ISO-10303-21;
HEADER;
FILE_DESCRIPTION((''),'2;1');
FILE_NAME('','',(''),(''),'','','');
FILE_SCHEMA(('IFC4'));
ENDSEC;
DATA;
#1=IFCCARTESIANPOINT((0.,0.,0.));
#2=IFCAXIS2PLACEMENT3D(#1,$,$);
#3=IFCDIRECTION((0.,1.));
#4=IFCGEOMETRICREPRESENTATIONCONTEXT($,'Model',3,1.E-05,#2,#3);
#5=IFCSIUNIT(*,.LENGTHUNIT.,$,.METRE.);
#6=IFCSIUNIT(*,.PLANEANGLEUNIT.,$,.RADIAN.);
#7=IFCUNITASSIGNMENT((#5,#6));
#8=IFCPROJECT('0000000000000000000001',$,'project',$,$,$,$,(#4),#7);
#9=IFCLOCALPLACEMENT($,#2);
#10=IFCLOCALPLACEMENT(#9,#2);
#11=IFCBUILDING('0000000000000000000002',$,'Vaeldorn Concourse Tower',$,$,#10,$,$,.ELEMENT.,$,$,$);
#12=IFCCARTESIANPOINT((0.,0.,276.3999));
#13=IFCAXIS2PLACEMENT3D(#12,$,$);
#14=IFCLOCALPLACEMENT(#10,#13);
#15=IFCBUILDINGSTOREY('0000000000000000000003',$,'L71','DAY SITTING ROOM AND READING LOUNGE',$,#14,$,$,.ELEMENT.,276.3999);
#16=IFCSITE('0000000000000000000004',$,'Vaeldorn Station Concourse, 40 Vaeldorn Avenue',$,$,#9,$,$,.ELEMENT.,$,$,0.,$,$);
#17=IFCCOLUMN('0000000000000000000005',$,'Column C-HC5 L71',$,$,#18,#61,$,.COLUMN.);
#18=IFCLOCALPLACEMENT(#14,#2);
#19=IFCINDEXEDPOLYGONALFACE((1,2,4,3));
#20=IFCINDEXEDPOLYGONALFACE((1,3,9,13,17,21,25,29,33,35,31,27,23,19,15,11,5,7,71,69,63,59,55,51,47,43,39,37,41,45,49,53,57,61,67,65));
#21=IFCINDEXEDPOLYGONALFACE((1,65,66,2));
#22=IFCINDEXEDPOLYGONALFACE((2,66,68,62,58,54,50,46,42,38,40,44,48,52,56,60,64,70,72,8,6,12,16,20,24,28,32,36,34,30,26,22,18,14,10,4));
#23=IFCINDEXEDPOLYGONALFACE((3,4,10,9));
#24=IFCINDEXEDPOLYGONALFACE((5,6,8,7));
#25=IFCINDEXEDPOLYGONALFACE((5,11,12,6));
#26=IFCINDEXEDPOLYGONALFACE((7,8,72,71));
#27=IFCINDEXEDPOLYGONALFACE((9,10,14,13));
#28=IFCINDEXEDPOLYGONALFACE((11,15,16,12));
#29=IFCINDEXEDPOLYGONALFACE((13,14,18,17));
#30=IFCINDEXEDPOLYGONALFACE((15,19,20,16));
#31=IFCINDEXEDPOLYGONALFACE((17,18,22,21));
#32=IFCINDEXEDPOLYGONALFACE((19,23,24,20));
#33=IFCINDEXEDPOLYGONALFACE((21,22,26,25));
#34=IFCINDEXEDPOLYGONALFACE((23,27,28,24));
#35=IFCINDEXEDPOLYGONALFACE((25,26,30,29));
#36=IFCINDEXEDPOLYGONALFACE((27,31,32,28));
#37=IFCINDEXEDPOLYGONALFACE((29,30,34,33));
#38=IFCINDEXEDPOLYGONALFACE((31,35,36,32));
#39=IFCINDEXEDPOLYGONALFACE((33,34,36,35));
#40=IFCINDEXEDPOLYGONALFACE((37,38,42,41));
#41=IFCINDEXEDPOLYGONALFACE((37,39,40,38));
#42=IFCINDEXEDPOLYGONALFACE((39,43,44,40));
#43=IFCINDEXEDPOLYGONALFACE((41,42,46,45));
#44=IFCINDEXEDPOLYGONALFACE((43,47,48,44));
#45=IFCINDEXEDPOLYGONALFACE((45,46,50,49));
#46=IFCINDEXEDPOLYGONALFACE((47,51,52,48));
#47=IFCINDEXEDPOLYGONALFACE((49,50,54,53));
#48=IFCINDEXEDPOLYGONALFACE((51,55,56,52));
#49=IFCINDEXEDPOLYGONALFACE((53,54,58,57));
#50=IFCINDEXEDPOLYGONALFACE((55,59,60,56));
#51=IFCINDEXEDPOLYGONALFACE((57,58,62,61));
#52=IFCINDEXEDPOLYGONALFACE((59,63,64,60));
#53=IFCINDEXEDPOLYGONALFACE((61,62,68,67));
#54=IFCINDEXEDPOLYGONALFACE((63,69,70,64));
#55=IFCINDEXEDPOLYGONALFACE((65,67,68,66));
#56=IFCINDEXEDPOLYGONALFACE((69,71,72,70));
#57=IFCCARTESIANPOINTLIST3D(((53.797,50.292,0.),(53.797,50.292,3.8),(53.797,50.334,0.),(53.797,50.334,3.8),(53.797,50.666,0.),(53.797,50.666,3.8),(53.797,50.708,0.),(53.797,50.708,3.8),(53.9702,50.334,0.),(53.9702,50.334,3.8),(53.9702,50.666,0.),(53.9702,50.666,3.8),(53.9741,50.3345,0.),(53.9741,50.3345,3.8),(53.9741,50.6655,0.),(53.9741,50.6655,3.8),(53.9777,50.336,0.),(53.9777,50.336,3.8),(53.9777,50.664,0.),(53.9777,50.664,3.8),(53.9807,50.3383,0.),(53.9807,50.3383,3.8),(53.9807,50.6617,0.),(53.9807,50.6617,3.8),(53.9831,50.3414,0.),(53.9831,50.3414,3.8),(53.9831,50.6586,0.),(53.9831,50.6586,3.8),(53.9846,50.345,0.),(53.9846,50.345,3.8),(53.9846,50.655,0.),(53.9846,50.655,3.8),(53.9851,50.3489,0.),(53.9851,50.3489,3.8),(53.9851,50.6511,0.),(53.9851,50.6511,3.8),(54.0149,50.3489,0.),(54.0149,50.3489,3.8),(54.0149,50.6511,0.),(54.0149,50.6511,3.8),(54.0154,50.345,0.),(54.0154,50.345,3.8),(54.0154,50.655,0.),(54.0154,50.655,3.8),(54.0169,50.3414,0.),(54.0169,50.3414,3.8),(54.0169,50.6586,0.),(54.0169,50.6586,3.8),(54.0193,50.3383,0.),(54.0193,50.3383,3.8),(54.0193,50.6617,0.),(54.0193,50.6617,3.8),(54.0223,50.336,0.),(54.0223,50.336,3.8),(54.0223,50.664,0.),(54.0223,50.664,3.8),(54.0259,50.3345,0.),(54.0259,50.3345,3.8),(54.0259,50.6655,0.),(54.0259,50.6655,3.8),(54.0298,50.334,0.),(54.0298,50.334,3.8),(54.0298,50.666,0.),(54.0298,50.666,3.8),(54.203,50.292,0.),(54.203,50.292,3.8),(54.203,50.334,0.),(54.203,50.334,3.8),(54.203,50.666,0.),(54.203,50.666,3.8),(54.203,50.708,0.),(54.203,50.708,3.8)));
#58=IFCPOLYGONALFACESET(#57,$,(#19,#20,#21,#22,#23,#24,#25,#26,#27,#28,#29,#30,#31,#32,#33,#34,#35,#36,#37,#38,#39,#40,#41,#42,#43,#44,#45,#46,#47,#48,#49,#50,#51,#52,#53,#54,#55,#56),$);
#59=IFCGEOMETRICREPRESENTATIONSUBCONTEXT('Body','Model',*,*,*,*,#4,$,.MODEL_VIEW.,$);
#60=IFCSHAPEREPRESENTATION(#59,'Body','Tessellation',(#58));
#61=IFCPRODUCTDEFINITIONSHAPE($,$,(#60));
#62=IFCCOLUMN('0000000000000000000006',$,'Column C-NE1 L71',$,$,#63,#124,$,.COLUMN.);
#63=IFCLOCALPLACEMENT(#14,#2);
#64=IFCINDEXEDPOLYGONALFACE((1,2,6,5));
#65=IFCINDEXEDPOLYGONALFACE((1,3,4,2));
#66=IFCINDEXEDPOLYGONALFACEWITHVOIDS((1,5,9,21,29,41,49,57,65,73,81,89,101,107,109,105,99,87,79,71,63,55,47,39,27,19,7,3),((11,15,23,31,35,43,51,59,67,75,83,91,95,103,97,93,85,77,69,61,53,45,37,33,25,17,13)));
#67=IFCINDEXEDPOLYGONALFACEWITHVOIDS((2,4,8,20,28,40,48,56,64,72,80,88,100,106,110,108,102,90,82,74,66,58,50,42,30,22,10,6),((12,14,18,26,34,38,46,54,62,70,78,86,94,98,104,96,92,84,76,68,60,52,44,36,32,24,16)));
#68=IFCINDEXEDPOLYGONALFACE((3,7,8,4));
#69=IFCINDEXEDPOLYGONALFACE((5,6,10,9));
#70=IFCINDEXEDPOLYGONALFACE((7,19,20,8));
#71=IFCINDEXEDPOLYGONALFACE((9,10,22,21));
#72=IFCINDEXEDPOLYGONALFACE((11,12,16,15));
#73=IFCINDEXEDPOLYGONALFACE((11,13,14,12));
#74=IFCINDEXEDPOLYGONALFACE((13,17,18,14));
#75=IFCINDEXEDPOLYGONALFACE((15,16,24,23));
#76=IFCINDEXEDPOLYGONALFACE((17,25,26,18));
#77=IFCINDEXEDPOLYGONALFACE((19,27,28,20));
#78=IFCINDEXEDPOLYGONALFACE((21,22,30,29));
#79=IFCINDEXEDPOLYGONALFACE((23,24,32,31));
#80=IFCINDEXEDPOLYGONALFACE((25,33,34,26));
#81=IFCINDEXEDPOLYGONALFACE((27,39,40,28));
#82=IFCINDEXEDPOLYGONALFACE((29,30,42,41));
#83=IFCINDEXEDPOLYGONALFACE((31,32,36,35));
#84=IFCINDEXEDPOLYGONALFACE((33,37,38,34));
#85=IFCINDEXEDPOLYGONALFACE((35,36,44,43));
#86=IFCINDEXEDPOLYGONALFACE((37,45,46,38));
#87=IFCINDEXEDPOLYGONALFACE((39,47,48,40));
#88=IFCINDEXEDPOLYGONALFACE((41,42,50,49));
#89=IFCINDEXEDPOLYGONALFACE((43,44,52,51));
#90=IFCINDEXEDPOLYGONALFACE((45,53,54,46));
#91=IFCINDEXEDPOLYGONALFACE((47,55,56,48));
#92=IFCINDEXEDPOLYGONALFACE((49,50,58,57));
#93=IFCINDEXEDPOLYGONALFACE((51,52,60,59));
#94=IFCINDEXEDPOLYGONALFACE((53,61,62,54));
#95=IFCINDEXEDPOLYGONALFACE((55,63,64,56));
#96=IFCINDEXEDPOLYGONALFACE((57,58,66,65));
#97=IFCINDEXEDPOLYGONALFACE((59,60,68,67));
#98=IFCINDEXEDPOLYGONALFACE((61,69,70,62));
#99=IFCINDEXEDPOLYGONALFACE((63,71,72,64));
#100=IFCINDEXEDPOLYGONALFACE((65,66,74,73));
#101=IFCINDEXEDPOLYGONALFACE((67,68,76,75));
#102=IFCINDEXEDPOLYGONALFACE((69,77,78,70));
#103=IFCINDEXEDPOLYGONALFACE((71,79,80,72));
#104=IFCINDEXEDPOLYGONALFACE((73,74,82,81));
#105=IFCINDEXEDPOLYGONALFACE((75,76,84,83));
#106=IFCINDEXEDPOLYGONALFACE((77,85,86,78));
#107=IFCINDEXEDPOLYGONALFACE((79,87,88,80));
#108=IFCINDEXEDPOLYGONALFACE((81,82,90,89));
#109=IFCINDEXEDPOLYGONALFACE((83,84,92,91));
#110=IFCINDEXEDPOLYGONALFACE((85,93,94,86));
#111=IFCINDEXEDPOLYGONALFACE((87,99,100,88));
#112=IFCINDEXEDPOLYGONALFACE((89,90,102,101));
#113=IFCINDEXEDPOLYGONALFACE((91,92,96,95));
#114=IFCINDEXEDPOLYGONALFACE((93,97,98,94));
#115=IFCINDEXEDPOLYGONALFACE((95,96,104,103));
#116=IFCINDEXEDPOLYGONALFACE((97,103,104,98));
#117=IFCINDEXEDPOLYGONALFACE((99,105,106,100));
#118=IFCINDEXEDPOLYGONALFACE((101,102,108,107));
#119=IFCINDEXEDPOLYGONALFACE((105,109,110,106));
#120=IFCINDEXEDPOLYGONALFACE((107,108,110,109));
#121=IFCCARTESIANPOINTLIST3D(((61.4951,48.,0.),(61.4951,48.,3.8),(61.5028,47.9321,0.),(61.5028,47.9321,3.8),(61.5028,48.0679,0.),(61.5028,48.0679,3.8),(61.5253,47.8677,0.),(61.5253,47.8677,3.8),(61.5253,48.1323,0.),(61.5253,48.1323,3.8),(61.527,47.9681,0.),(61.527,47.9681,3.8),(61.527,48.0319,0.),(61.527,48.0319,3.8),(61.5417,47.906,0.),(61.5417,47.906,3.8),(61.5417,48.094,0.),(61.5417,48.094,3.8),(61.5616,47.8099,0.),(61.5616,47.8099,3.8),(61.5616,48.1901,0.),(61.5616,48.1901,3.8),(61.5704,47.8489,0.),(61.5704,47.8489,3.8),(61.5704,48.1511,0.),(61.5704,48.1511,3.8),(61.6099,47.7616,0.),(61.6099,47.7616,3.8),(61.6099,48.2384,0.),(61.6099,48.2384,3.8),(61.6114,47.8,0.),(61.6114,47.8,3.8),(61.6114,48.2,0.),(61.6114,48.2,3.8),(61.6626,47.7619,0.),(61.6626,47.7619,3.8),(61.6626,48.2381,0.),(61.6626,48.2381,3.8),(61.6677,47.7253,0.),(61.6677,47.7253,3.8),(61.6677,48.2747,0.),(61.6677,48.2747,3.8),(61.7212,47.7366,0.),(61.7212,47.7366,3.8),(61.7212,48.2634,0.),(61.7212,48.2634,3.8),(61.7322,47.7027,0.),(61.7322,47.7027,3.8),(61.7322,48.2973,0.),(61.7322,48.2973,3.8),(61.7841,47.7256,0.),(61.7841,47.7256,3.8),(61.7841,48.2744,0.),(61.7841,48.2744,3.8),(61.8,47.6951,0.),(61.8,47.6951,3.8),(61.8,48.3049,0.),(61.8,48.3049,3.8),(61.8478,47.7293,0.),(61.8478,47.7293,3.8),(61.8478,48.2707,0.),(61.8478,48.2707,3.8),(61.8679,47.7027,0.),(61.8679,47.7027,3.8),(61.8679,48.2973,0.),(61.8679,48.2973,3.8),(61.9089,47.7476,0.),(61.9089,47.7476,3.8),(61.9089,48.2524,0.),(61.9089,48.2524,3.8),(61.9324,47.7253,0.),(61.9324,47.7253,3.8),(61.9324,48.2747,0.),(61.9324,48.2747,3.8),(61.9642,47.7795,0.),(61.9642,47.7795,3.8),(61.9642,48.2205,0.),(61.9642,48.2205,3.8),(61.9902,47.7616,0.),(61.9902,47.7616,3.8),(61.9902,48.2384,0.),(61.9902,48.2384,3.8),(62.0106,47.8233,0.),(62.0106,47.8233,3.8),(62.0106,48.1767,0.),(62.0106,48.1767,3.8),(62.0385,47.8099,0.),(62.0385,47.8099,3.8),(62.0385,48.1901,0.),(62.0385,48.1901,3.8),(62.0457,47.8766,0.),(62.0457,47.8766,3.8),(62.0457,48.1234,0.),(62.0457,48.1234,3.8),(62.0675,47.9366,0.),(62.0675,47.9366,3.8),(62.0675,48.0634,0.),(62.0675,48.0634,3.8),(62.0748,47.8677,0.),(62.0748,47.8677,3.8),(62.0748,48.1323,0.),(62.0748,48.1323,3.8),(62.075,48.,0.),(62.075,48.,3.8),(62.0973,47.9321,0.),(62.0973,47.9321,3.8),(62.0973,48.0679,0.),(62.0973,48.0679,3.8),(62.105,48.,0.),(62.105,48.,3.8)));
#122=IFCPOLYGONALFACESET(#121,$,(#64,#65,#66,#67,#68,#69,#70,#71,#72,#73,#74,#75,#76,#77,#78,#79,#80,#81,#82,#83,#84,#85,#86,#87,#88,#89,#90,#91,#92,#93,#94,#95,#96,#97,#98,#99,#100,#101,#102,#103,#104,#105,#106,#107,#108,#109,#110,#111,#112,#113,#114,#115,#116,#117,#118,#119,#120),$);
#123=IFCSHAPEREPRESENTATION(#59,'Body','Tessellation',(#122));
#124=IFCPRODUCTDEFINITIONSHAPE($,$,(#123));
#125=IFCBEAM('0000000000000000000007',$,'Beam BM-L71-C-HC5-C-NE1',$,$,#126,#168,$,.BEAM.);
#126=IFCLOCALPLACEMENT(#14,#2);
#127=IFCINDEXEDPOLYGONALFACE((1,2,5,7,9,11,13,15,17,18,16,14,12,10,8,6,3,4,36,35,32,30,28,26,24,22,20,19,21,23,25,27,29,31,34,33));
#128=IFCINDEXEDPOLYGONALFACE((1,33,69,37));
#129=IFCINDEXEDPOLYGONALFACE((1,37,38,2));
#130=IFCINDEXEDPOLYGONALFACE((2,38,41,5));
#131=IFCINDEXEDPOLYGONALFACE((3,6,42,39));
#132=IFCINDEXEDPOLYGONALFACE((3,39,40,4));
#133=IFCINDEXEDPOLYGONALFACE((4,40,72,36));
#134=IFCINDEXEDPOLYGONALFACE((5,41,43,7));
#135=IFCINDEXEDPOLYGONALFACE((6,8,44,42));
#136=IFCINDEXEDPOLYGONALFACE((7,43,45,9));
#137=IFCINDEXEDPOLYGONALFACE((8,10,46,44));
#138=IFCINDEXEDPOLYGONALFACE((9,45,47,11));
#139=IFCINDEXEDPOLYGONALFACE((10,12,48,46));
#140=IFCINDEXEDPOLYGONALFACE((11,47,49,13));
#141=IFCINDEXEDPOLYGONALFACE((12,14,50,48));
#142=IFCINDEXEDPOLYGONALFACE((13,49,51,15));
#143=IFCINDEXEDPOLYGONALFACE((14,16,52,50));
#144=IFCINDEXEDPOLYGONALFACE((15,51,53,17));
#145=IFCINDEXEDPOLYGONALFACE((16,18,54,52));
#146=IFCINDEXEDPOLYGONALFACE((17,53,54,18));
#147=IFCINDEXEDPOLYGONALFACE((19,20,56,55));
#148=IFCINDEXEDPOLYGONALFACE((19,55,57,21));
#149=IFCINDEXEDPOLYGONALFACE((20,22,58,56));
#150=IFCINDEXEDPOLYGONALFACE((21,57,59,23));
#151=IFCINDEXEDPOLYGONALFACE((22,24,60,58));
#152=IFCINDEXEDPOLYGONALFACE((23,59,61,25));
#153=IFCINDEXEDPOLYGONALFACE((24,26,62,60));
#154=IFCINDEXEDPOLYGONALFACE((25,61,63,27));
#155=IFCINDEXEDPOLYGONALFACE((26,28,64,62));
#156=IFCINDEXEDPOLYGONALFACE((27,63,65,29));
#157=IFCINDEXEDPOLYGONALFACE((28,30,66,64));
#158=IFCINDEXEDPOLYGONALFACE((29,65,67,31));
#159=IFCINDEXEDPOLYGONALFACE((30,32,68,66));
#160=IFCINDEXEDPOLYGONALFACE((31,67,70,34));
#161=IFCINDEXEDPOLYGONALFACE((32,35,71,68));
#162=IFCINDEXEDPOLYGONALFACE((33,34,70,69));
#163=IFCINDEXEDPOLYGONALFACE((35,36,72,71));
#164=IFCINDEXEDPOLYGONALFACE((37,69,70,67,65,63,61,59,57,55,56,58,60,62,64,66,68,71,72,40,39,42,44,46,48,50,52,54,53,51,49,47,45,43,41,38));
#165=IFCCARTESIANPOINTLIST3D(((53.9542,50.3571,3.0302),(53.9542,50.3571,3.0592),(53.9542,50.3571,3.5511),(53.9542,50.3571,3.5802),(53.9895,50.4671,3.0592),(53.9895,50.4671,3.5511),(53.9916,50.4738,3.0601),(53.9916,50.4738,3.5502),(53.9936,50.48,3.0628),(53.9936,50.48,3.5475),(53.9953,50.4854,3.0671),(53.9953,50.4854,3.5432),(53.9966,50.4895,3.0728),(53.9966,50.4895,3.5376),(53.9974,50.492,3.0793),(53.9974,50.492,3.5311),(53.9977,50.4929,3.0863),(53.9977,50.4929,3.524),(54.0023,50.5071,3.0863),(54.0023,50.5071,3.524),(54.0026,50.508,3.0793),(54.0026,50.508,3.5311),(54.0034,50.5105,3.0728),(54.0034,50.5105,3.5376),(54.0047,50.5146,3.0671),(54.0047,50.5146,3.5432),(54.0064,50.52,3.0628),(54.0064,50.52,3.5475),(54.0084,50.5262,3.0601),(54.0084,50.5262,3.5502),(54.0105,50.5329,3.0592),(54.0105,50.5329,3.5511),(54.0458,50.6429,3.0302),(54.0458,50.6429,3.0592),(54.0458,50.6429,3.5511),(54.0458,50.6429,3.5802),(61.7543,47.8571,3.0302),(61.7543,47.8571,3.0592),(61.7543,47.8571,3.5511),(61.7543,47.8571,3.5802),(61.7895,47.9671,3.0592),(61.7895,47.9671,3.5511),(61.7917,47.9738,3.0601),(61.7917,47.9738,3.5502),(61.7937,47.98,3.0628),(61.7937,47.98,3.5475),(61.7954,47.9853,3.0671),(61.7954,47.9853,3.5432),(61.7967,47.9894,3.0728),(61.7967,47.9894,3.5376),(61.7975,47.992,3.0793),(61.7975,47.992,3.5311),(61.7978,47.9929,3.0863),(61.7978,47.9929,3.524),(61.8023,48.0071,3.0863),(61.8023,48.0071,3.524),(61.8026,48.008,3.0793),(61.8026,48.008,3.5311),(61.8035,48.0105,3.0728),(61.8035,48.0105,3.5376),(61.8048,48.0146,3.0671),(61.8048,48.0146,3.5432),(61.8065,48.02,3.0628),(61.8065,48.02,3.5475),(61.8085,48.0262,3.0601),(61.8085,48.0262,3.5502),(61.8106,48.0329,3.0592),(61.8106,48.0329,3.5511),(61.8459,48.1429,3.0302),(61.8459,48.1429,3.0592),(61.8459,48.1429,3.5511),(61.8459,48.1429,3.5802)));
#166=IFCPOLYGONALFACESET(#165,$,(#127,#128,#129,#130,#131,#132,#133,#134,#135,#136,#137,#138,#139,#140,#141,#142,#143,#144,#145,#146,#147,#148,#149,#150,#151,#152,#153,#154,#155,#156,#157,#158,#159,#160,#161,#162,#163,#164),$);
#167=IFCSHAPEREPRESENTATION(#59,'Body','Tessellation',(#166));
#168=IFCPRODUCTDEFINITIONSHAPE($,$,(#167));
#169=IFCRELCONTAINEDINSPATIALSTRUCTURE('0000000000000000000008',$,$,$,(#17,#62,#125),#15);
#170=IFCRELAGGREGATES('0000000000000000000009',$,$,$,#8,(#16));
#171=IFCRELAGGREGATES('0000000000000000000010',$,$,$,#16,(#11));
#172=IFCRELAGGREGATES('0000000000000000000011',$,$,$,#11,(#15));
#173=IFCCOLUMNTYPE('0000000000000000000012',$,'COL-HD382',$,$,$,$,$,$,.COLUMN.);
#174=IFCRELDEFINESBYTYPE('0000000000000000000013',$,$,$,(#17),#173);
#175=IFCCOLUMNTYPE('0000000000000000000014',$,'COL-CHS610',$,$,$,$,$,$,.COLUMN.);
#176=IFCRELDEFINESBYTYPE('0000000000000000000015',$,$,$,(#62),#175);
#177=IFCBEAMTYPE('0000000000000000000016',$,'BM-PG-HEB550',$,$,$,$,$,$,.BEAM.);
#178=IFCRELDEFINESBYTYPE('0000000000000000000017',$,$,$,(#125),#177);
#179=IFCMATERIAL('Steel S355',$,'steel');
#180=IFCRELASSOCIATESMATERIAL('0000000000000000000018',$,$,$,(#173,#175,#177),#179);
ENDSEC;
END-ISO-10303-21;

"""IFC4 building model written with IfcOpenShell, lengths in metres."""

from ifc_helpers import new_model, si_unit, direction, frame, origin, origin_2d, place, context, subcontext, project, spatial, hollow_circle, i_section, extrude, source, transform, mapped, material, material_profile, profile_set, type_object, element, save


model = new_model("IFC4")

# Units and contexts
model_context = context("Model", 3, precision=1e-05, world=origin(), true_north=direction((0.0, 1.0)))
body_context = subcontext(model_context, "Body", "Model", "MODEL_VIEW")
ifc_project = project(units=[si_unit("LENGTHUNIT", "METRE"), si_unit("PLANEANGLEUNIT", "RADIAN")], contexts=[model_context])

# Site, building, storey
site_placement = place(None, origin())
site = spatial("IfcSite", under=ifc_project, at=site_placement, Name="Vaeldorn Station Concourse, 40 Vaeldorn Avenue", CompositionType="ELEMENT", RefElevation=0.0)
building_placement = place(site_placement, origin())
building = spatial("IfcBuilding", under=site, at=building_placement, Name="Vaeldorn Concourse Tower", CompositionType="ELEMENT")
storey_placement = place(building_placement, frame((0.0, 0.0, 276.3999)))
storey = spatial("IfcBuildingStorey", under=building, at=storey_placement, Name="L71", Description="DAY SITTING ROOM AND READING LOUNGE", CompositionType="ELEMENT", Elevation=276.3999)

# Columns
ifc_material_1 = material(Name="Steel S355", Category="steel")
ifc_material_profile_1 = material_profile(ifc_material_1, i_section(OverallWidth=0.406, OverallDepth=0.416, WebThickness=0.0298, FlangeThickness=0.042, FilletRadius=0.0149, at=origin_2d()), Name="HD 400x382")
ifc_profile_set_1 = profile_set([ifc_material_profile_1], Name="Steel S355")
column_type_1 = type_object("IfcColumnType", Name="COL-HD382", PredefinedType="COLUMN", material=ifc_profile_set_1)
shared_shape_1 = source(origin(), body_context, "Body", "SweptSolid", [
    extrude(i_section(OverallWidth=0.406, OverallDepth=0.416, WebThickness=0.0298, FlangeThickness=0.042, FilletRadius=0.0149, at=origin_2d()), origin(), (0.0, 0.0, 1.0), 3.8),
])
column_1_placement = place(storey_placement, frame((54.0, 50.5, 0.0), z_axis=(0.0, 0.0, 1.0), x_axis=(1.0, 0.0, 0.0)))
element("IfcColumn", 1, at=column_1_placement, inside=storey, type_object=column_type_1, Name="Column C-HC5 L71", PredefinedType="COLUMN", context=body_context, shape_type="MappedRepresentation", body=[
    mapped(shared_shape_1, transform((0.0, 0.0, 0.0), scale=1.0)),
])
ifc_material_profile_2 = material_profile(ifc_material_1, hollow_circle(Radius=0.3049, WallThickness=0.03, at=origin_2d()), Name="CHS 610x30")
ifc_profile_set_2 = profile_set([ifc_material_profile_2], Name="Steel S355")
column_type_2 = type_object("IfcColumnType", Name="COL-CHS610", PredefinedType="COLUMN", material=ifc_profile_set_2)
shared_shape_2 = source(origin(), body_context, "Body", "SweptSolid", [
    extrude(hollow_circle(Radius=0.3049, WallThickness=0.03, at=origin_2d()), origin(), (0.0, 0.0, 1.0), 3.8),
])
column_2_placement = place(storey_placement, frame((61.8, 48.0, 0.0), z_axis=(0.0, 0.0, 1.0), x_axis=(1.0, 0.0, 0.0)))
element("IfcColumn", 2, at=column_2_placement, inside=storey, type_object=column_type_2, Name="Column C-NE1 L71", PredefinedType="COLUMN", context=body_context, shape_type="MappedRepresentation", body=[
    mapped(shared_shape_2, transform((0.0, 0.0, 0.0), scale=1.0)),
])

# Beam
ifc_material_profile_3 = material_profile(ifc_material_1, i_section(OverallWidth=0.3, OverallDepth=0.55, WebThickness=0.0149, FlangeThickness=0.0291, FilletRadius=0.0271, at=origin_2d()), Name="HEB 550")
ifc_profile_set_3 = profile_set([ifc_material_profile_3], Name="Steel S355")
beam_type_1 = type_object("IfcBeamType", Name="BM-PG-HEB550", PredefinedType="BEAM", material=ifc_profile_set_3)
shared_shape_3 = source(origin(), body_context, "Body", "SweptSolid", [
    extrude(i_section(OverallWidth=0.3, OverallDepth=0.55, WebThickness=0.0149, FlangeThickness=0.0291, FilletRadius=0.0271, at=origin_2d()), origin(), (0.0, 0.0, 1.0), 8.1909),
])
beam_1_placement = place(storey_placement, frame((54.0, 50.5, 3.3052), z_axis=(0.952283, -0.305217, 0.0), x_axis=(0.305217, 0.952283, 0.0)))
element("IfcBeam", 3, at=beam_1_placement, inside=storey, type_object=beam_type_1, Name="Beam BM-L71-C-HC5-C-NE1", PredefinedType="BEAM", context=body_context, shape_type="MappedRepresentation", body=[
    mapped(shared_shape_3, transform((0.0, 0.0, 0.0), scale=1.0)),
])

save(model, "model.ifc")
